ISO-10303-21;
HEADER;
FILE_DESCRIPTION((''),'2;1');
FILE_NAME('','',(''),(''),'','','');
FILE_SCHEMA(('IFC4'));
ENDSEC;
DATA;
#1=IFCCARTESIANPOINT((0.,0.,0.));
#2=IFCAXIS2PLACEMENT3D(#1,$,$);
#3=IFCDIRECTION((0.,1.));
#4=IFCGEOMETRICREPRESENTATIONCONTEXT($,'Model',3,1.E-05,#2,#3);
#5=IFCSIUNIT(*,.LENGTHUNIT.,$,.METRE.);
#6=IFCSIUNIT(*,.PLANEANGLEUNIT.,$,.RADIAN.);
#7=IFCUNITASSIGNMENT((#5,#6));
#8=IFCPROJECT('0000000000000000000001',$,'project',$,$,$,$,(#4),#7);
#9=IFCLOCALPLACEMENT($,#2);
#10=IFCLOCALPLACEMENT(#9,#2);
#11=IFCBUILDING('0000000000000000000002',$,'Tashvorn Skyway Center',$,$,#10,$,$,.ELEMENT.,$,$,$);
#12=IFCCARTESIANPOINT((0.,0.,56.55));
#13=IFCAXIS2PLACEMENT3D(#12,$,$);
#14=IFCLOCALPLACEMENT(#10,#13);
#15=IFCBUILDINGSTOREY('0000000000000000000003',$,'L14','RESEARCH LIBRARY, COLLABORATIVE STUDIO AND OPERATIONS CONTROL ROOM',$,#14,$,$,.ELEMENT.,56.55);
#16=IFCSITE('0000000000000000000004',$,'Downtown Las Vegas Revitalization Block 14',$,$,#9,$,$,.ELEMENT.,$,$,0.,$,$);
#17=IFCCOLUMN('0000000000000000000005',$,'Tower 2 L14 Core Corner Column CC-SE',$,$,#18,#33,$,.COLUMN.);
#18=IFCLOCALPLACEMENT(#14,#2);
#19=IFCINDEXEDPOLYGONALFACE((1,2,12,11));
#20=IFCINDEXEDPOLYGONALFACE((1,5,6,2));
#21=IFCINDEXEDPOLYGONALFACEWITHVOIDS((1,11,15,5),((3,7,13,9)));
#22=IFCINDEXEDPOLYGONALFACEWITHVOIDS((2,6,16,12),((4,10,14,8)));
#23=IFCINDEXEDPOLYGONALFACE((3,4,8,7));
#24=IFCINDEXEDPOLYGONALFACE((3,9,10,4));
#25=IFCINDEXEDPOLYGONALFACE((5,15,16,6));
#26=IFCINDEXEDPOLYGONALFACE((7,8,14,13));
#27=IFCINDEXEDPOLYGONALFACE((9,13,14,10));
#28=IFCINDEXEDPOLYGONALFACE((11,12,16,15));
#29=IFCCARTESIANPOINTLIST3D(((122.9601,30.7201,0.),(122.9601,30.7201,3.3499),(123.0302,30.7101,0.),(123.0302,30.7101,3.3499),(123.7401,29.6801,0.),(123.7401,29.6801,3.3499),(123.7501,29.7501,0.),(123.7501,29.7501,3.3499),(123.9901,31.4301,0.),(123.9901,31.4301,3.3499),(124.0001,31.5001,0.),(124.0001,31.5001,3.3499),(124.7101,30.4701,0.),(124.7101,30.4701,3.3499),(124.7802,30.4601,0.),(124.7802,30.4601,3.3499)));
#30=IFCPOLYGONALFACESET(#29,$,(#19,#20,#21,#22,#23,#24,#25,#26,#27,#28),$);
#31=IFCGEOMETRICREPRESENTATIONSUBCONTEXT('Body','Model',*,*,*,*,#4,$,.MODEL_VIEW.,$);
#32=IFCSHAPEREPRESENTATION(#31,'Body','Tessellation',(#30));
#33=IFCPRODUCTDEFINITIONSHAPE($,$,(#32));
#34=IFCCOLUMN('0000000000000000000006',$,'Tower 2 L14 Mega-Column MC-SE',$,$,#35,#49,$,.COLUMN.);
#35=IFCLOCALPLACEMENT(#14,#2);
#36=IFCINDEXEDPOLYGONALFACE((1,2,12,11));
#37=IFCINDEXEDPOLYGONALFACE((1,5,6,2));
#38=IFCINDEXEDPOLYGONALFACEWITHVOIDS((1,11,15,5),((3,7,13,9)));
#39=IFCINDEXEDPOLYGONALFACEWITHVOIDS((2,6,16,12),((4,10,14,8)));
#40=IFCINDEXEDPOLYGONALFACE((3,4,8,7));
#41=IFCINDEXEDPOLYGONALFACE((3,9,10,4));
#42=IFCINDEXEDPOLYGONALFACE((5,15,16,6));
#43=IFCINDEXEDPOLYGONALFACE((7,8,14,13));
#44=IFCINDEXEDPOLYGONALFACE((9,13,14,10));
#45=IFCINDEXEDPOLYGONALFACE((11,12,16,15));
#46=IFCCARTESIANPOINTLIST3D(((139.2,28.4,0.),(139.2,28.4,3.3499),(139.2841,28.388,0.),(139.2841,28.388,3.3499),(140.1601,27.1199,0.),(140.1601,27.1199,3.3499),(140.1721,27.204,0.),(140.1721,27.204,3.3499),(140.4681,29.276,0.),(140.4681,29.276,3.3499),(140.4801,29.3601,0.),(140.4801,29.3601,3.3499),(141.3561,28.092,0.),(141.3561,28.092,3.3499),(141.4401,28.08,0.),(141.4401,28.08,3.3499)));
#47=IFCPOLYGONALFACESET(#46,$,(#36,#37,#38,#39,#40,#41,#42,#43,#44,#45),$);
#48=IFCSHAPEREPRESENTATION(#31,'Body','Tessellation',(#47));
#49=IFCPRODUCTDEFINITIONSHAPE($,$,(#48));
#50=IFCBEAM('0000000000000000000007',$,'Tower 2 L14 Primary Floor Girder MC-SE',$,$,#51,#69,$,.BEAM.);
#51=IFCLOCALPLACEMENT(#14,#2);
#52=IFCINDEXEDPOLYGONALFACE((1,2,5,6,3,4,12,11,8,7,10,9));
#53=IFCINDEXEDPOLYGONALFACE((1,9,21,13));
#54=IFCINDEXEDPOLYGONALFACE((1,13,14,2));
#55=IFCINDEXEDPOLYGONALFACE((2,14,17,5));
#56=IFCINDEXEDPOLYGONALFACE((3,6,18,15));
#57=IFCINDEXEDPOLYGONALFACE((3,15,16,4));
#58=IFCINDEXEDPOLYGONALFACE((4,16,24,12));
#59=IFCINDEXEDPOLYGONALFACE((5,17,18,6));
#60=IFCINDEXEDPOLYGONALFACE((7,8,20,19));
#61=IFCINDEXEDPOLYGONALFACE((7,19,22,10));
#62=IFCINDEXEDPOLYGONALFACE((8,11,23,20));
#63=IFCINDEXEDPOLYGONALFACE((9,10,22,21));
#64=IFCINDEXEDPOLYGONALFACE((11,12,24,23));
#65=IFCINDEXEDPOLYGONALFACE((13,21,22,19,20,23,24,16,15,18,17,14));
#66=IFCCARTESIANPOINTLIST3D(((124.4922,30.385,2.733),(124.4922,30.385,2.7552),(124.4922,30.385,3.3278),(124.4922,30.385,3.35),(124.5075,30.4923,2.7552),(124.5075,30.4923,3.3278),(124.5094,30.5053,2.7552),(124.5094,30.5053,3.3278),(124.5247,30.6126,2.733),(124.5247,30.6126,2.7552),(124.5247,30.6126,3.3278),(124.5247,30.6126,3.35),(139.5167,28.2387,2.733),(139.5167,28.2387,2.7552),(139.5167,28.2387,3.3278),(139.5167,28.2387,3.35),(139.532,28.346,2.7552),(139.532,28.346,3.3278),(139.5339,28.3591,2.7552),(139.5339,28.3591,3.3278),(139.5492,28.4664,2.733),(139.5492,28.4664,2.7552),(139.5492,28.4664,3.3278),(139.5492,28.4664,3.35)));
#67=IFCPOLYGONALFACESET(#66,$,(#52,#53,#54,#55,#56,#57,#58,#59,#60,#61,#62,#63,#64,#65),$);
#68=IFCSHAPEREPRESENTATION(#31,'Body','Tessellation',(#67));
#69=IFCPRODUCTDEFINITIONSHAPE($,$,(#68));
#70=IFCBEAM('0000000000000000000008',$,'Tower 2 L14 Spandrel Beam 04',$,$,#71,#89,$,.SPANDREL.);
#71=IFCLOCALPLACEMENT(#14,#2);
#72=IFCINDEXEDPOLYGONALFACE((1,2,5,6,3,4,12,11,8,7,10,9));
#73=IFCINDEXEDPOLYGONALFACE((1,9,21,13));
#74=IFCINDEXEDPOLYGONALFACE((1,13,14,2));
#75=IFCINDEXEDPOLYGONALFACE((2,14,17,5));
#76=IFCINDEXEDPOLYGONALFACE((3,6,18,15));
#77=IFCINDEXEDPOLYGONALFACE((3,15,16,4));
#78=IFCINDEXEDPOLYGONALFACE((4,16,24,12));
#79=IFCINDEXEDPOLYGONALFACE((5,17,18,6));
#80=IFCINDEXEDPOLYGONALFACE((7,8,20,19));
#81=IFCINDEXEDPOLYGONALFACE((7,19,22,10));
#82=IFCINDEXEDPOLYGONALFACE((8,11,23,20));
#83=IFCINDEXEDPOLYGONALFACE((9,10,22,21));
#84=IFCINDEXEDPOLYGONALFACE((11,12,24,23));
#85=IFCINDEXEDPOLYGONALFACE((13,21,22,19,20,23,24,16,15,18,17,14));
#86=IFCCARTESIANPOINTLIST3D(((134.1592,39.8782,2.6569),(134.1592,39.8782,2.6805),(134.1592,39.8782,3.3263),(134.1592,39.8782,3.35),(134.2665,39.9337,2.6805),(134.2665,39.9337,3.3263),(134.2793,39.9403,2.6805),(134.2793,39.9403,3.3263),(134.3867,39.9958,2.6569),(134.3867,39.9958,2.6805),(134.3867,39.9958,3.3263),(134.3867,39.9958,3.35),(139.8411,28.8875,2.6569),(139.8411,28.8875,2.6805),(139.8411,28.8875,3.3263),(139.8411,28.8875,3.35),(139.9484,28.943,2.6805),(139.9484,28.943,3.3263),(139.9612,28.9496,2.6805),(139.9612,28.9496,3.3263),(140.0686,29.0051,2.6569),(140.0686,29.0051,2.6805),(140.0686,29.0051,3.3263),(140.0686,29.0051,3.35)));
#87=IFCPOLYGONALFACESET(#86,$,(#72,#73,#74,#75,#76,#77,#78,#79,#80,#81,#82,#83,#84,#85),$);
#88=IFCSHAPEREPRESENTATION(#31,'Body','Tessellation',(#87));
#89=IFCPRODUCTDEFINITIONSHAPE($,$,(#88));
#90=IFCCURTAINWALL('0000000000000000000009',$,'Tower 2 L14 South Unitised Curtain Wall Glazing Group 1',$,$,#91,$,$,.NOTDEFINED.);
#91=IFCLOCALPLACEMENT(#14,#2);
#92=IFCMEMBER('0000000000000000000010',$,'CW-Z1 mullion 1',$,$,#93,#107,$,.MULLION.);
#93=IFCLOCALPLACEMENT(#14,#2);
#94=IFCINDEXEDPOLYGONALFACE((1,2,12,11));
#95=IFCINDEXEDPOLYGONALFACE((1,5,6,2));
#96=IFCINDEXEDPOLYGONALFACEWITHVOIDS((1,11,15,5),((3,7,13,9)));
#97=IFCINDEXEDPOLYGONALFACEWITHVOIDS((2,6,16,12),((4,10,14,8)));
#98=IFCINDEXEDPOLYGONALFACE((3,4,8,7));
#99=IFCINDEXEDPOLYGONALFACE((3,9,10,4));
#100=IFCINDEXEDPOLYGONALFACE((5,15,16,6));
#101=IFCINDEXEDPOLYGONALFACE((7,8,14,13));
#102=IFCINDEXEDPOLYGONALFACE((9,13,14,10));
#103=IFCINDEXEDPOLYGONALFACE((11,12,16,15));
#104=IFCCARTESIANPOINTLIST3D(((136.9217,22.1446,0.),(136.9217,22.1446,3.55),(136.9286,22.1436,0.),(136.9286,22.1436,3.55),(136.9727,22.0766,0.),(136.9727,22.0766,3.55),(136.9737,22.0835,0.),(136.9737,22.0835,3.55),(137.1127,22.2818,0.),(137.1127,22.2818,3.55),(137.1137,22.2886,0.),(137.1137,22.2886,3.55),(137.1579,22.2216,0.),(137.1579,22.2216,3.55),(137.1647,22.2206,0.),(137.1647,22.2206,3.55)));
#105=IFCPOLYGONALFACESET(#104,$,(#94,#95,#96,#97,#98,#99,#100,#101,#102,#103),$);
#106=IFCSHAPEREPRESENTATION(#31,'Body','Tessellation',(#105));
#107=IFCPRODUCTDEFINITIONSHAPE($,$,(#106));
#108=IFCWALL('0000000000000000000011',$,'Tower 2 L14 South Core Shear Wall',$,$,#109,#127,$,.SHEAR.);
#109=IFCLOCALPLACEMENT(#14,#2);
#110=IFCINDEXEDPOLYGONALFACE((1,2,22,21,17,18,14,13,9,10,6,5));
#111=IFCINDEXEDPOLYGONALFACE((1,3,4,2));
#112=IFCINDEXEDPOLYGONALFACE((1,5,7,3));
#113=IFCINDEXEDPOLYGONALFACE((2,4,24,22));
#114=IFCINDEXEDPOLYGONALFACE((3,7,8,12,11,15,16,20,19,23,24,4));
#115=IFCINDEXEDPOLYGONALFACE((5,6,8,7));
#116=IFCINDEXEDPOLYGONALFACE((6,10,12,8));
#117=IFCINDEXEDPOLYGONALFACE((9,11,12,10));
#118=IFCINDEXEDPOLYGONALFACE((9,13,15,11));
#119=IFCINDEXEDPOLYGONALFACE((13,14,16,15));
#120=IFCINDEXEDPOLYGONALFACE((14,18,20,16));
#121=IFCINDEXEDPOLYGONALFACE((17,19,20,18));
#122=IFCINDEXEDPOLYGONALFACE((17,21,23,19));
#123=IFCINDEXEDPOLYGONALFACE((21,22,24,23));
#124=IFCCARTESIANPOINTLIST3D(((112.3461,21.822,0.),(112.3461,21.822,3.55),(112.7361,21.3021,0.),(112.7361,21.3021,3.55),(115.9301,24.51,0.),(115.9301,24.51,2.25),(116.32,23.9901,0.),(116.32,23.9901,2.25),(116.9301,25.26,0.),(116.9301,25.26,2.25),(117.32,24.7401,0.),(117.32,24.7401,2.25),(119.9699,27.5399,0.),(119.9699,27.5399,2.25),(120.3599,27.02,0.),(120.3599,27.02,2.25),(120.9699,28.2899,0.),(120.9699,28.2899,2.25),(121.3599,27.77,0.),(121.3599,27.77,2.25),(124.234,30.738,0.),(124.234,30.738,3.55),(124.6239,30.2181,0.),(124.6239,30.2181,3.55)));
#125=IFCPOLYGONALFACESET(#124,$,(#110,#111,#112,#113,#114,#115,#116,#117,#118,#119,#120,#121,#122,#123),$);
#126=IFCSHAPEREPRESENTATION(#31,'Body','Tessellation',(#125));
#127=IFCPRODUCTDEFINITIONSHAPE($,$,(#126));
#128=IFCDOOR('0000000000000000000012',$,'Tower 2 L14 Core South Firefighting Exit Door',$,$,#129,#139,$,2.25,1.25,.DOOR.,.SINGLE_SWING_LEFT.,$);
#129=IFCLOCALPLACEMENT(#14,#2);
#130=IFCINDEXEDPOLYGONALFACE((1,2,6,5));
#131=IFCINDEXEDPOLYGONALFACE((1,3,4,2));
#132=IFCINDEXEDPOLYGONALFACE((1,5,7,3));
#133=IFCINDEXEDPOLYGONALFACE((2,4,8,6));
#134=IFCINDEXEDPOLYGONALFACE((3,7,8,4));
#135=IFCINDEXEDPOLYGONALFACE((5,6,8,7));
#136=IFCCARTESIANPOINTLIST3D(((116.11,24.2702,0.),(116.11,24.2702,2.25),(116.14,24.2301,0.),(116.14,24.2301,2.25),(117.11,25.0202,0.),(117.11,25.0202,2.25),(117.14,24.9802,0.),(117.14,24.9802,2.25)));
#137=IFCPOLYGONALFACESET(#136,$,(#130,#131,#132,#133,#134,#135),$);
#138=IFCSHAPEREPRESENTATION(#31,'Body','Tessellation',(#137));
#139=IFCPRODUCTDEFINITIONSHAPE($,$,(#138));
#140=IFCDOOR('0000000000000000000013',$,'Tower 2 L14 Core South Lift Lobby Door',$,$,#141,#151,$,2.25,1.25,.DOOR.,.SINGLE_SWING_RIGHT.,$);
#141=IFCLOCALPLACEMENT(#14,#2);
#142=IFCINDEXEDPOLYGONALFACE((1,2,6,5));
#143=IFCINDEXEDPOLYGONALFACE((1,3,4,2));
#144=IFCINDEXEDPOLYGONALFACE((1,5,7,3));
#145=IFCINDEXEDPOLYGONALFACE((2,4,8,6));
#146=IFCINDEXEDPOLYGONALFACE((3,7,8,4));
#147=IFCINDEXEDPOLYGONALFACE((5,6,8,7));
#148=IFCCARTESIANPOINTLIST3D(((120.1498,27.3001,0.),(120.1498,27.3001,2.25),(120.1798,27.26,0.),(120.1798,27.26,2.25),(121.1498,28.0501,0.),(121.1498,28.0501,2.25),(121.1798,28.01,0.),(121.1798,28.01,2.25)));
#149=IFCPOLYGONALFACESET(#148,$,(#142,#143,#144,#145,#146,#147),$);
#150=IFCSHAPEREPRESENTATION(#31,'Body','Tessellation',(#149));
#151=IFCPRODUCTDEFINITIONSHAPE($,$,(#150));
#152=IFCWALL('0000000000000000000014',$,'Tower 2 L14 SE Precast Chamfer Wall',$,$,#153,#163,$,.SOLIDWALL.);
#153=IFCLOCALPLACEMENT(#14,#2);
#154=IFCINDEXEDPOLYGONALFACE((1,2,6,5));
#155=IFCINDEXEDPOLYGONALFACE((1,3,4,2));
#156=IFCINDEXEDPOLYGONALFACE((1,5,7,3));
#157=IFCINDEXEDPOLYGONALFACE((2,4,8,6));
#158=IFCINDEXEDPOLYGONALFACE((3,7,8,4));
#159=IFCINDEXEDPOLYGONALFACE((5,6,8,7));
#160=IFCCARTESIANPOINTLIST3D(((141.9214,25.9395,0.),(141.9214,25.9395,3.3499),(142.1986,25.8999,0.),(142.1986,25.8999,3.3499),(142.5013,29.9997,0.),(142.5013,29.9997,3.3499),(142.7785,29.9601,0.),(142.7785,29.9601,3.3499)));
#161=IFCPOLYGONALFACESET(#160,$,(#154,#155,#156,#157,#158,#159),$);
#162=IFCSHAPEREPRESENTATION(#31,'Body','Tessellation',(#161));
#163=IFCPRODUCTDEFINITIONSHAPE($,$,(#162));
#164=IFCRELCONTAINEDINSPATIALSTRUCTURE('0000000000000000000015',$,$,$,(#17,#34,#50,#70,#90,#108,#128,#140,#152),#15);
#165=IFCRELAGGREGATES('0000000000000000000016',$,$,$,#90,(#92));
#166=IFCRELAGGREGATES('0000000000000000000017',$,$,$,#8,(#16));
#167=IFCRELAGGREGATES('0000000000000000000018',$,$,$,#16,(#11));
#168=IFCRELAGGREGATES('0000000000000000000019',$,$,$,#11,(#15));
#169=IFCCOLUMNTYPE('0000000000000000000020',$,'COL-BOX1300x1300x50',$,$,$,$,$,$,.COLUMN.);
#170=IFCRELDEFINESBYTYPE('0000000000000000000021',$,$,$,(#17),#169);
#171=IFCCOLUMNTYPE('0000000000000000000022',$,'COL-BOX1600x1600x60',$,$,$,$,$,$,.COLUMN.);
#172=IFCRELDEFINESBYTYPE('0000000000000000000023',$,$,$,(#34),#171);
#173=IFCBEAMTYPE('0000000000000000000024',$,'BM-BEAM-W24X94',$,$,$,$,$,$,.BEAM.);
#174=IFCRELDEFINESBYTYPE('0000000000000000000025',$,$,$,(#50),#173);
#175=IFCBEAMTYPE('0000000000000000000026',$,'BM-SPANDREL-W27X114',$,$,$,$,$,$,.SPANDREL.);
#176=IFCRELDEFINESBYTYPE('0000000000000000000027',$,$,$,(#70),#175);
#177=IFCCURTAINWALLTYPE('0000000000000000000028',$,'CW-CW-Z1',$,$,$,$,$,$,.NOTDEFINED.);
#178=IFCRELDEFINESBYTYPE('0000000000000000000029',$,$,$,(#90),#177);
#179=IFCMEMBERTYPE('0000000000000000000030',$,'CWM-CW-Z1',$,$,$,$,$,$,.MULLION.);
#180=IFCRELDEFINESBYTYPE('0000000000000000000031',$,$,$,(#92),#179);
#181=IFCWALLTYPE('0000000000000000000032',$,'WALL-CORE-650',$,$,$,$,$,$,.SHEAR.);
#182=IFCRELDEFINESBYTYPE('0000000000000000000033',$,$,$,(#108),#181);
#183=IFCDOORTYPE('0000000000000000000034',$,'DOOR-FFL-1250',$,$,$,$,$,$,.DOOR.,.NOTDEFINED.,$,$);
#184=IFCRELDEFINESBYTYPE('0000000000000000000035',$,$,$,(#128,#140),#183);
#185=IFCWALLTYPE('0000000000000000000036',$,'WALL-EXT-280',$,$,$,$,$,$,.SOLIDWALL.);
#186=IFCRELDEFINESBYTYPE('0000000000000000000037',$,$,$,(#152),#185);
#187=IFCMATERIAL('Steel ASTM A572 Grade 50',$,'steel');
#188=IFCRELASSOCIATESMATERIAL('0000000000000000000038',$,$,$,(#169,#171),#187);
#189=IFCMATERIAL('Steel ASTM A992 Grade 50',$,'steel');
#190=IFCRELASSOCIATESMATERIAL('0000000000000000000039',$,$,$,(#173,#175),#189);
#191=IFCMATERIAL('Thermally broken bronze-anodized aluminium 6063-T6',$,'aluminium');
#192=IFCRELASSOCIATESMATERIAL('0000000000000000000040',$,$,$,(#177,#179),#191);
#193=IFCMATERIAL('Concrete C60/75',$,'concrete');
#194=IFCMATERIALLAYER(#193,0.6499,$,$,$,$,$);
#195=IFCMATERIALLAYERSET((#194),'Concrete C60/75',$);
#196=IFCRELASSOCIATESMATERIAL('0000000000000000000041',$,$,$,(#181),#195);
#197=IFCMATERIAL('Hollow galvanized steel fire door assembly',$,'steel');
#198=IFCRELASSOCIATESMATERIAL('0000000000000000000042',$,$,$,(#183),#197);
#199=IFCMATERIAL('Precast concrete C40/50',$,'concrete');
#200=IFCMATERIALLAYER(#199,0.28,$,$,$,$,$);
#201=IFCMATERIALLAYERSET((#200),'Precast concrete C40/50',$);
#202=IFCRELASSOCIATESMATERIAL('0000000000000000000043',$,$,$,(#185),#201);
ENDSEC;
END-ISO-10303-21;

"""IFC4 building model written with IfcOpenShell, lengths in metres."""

from ifc_helpers import new_model, si_unit, direction, frame, frame_2d, origin, origin_2d, place, context, subcontext, project, spatial, rectangle, hollow_rectangle, i_section, extrude, material, layer, layer_set, material_profile, profile_set, type_object, element, fill, aggregate, save


model = new_model("IFC4")

# Units and contexts
model_context = context("Model", 3, precision=1e-05, world=origin(), true_north=direction((0.0, 1.0)))
body_context = subcontext(model_context, "Body", "Model", "MODEL_VIEW")
ifc_project = project(units=[si_unit("LENGTHUNIT", "METRE"), si_unit("PLANEANGLEUNIT", "RADIAN")], contexts=[model_context])

# Site, building, storey
site_placement = place(None, origin())
site = spatial("IfcSite", under=ifc_project, at=site_placement, Name="Downtown Las Vegas Revitalization Block 14", CompositionType="ELEMENT", RefElevation=0.0)
building_placement = place(site_placement, origin())
building = spatial("IfcBuilding", under=site, at=building_placement, Name="Tashvorn Skyway Center", CompositionType="ELEMENT")
storey_placement = place(building_placement, frame((0.0, 0.0, 56.55)))
storey = spatial("IfcBuildingStorey", under=building, at=storey_placement, Name="L14", Description="RESEARCH LIBRARY, COLLABORATIVE STUDIO AND OPERATIONS CONTROL ROOM", CompositionType="ELEMENT", Elevation=56.55)

# Columns
ifc_material_1 = material(Name="Steel ASTM A572 Grade 50", Category="steel")
ifc_material_profile_1 = material_profile(ifc_material_1, hollow_rectangle(XDim=1.3, YDim=1.3, WallThickness=0.05, at=origin_2d()), Name="BOX1300x1300x50")
ifc_profile_set_1 = profile_set([ifc_material_profile_1], Name="Steel ASTM A572 Grade 50")
column_type_1 = type_object("IfcColumnType", Name="COL-BOX1300x1300x50", PredefinedType="COLUMN", material=ifc_profile_set_1)
column_1_placement = place(storey_placement, frame((123.8701, 30.5901, 0.0), z_axis=(0.0, 0.0, 1.0), x_axis=(0.8, 0.6, 0.0)))
element("IfcColumn", 1, at=column_1_placement, inside=storey, type_object=column_type_1, Name="Tower 2 L14 Core Corner Column CC-SE", PredefinedType="COLUMN", context=body_context, shape_type="SweptSolid", body=[
    extrude(hollow_rectangle(XDim=1.3, YDim=1.3, WallThickness=0.05, at=origin_2d()), origin(), (0.0, 0.0, 1.0), 3.3499),
])
ifc_material_profile_2 = material_profile(ifc_material_1, hollow_rectangle(XDim=1.6001, YDim=1.6001, WallThickness=0.0601, at=origin_2d()), Name="BOX1600x1600x60")
ifc_profile_set_2 = profile_set([ifc_material_profile_2], Name="Steel ASTM A572 Grade 50")
column_type_2 = type_object("IfcColumnType", Name="COL-BOX1600x1600x60", PredefinedType="COLUMN", material=ifc_profile_set_2)
column_2_placement = place(storey_placement, frame((140.3201, 28.24, 0.0), z_axis=(0.0, 0.0, 1.0), x_axis=(0.8, 0.6, 0.0)))
element("IfcColumn", 2, at=column_2_placement, inside=storey, type_object=column_type_2, Name="Tower 2 L14 Mega-Column MC-SE", PredefinedType="COLUMN", context=body_context, shape_type="SweptSolid", body=[
    extrude(hollow_rectangle(XDim=1.6001, YDim=1.6001, WallThickness=0.0601, at=origin_2d()), origin(), (0.0, 0.0, 1.0), 3.3499),
])

# Beams
ifc_material_2 = material(Name="Steel ASTM A992 Grade 50", Category="steel")
ifc_material_profile_3 = material_profile(ifc_material_2, i_section(OverallWidth=0.23, OverallDepth=0.6169, WebThickness=0.0132, FlangeThickness=0.0222, at=origin_2d()), Name="W24X94")
ifc_profile_set_3 = profile_set([ifc_material_profile_3], Name="Steel ASTM A992 Grade 50")
beam_type_1 = type_object("IfcBeamType", Name="BM-BEAM-W24X94", PredefinedType="BEAM", material=ifc_profile_set_3)
beam_1_placement = place(storey_placement, frame((139.533, 28.3525, 3.0415), z_axis=(-0.98995, 0.141415, 0.0), x_axis=(-0.141415, -0.98995, 0.0)))
element("IfcBeam", 3, at=beam_1_placement, inside=storey, type_object=beam_type_1, Name="Tower 2 L14 Primary Floor Girder MC-SE", PredefinedType="BEAM", context=body_context, shape_type="SweptSolid", body=[
    extrude(i_section(OverallWidth=0.23, OverallDepth=0.6169, WebThickness=0.0132, FlangeThickness=0.0222, at=origin_2d()), origin(), (0.0, 0.0, 1.0), 15.177),
])
ifc_material_profile_4 = material_profile(ifc_material_2, i_section(OverallWidth=0.2561, OverallDepth=0.6931, WebThickness=0.0144, FlangeThickness=0.0237, at=origin_2d()), Name="W27X114")
ifc_profile_set_4 = profile_set([ifc_material_profile_4], Name="Steel ASTM A992 Grade 50")
beam_type_2 = type_object("IfcBeamType", Name="BM-SPANDREL-W27X114", PredefinedType="SPANDREL", material=ifc_profile_set_4)
beam_2_placement = place(storey_placement, frame((139.9548, 28.9463, 3.0034), z_axis=(-0.459233, 0.888316, 0.0), x_axis=(-0.888316, -0.459233, 0.0)))
element("IfcBeam", 4, at=beam_2_placement, inside=storey, type_object=beam_type_2, Name="Tower 2 L14 Spandrel Beam 04", PredefinedType="SPANDREL", context=body_context, shape_type="SweptSolid", body=[
    extrude(i_section(OverallWidth=0.2561, OverallDepth=0.6931, WebThickness=0.0144, FlangeThickness=0.0237, at=origin_2d()), origin(), (0.0, 0.0, 1.0), 12.3726),
])

# Curtain wall, member
ifc_material_3 = material(Name="Thermally broken bronze-anodized aluminium 6063-T6", Category="aluminium")
curtain_wall_type = type_object("IfcCurtainWallType", Name="CW-CW-Z1", PredefinedType="NOTDEFINED", material=ifc_material_3)
curtain_wall_placement = place(storey_placement, origin())
curtain_wall = element("IfcCurtainWall", 5, at=curtain_wall_placement, inside=storey, type_object=curtain_wall_type, Name="Tower 2 L14 South Unitised Curtain Wall Glazing Group 1", PredefinedType="NOTDEFINED")
ifc_material_profile_5 = material_profile(ifc_material_3, hollow_rectangle(XDim=0.085, YDim=0.24, WallThickness=0.0049, at=origin_2d()), Name="ALU-MULL-85x240")
ifc_profile_set_5 = profile_set([ifc_material_profile_5], Name="Thermally broken bronze-anodized aluminium 6063-T6")
member_type = type_object("IfcMemberType", Name="CWM-CW-Z1", PredefinedType="MULLION", material=ifc_profile_set_5)
member_placement = place(storey_placement, frame((137.0432, 22.1826, 0.0), z_axis=(0.0, 0.0, 1.0), x_axis=(0.600005, -0.799996, 0.0)))
member = element("IfcMember", 6, at=member_placement, type_object=member_type, Name="CW-Z1 mullion 1", PredefinedType="MULLION", context=body_context, shape_type="SweptSolid", body=[
    extrude(hollow_rectangle(XDim=0.085, YDim=0.24, WallThickness=0.0049, at=origin_2d()), origin(), (0.0, 0.0, 1.0), 3.55),
])
aggregate(curtain_wall, [member])

# Wall, openings, doors
ifc_material_4 = material(Name="Concrete C60/75", Category="concrete")
ifc_layer_1 = layer(ifc_material_4, 0.6499)
ifc_layer_set_1 = layer_set([ifc_layer_1], Name="Concrete C60/75")
wall_type_1 = type_object("IfcWallType", Name="WALL-CORE-650", PredefinedType="SHEAR", material=ifc_layer_set_1)
wall_1_placement = place(storey_placement, frame((124.429, 30.478, 0.0), z_axis=(0.0, 0.0, 1.0), x_axis=(-0.799998, -0.600003, 0.0)))
wall_1 = element("IfcWall", 7, at=wall_1_placement, inside=storey, type_object=wall_type_1, Name="Tower 2 L14 South Core Shear Wall", PredefinedType="SHEAR", context=body_context, shape_type="SweptSolid", body=[
    extrude(rectangle(XDim=14.8599, YDim=0.6499, at=frame_2d((7.4299, 0.0))), origin(), (0.0, 0.0, 1.0), 3.55),
])
opening_1_placement = place(wall_1_placement, frame((9.1299, 0.0, 0.0)))
opening_1 = element("IfcOpeningElement", 8, at=opening_1_placement, cuts=wall_1, PredefinedType="OPENING", context=body_context, shape_type="SweptSolid", body=[
    extrude(rectangle(XDim=1.25, YDim=2.25, at=frame_2d((0.625, 1.125))), frame((0.0, 0.335, 0.0), z_axis=(0.0, -1.0, 0.0), x_axis=(1.0, 0.0, 0.0)), (0.0, 0.0, 1.0), 0.6699),
])
opening_2_placement = place(wall_1_placement, frame((4.0801, 0.0, 0.0)))
opening_2 = element("IfcOpeningElement", 9, at=opening_2_placement, cuts=wall_1, PredefinedType="OPENING", context=body_context, shape_type="SweptSolid", body=[
    extrude(rectangle(XDim=1.25, YDim=2.25, at=frame_2d((0.625, 1.125))), frame((0.0, 0.335, 0.0), z_axis=(0.0, -1.0, 0.0), x_axis=(1.0, 0.0, 0.0)), (0.0, 0.0, 1.0), 0.6699),
])
ifc_material_5 = material(Name="Hollow galvanized steel fire door assembly", Category="steel")
door_type_1 = type_object("IfcDoorType", Name="DOOR-FFL-1250", OperationType="NOTDEFINED", PredefinedType="DOOR", material=ifc_material_5)
door_1_placement = place(opening_1_placement, origin())
door_1 = element("IfcDoor", 10, at=door_1_placement, inside=storey, type_object=door_type_1, Name="Tower 2 L14 Core South Firefighting Exit Door", OperationType="SINGLE_SWING_LEFT", OverallHeight=2.25, OverallWidth=1.25, PredefinedType="DOOR", context=body_context, shape_type="SweptSolid", body=[
    extrude(rectangle(XDim=1.25, YDim=2.25, at=frame_2d((0.625, 1.125))), frame((0.0, 0.0249, 0.0), z_axis=(0.0, -1.0, 0.0), x_axis=(1.0, 0.0, 0.0)), (0.0, 0.0, 1.0), 0.05),
])
fill(opening_1, door_1)
door_2_placement = place(opening_2_placement, origin())
door_2 = element("IfcDoor", 11, at=door_2_placement, inside=storey, type_object=door_type_1, Name="Tower 2 L14 Core South Lift Lobby Door", OperationType="SINGLE_SWING_RIGHT", OverallHeight=2.25, OverallWidth=1.25, PredefinedType="DOOR", context=body_context, shape_type="SweptSolid", body=[
    extrude(rectangle(XDim=1.25, YDim=2.25, at=frame_2d((0.625, 1.125))), frame((0.0, 0.0249, 0.0), z_axis=(0.0, -1.0, 0.0), x_axis=(1.0, 0.0, 0.0)), (0.0, 0.0, 1.0), 0.05),
])
fill(opening_2, door_2)

# Wall
ifc_material_6 = material(Name="Precast concrete C40/50", Category="concrete")
ifc_layer_2 = layer(ifc_material_6, 0.28)
ifc_layer_set_2 = layer_set([ifc_layer_2], Name="Precast concrete C40/50")
wall_type_2 = type_object("IfcWallType", Name="WALL-EXT-280", PredefinedType="SOLIDWALL", material=ifc_layer_set_2)
wall_2_placement = place(storey_placement, frame((142.6399, 29.98, 0.0), z_axis=(0.0, 0.0, 1.0), x_axis=(-0.14138, -0.989955, 0.0)))
element("IfcWall", 12, at=wall_2_placement, inside=storey, type_object=wall_type_2, Name="Tower 2 L14 SE Precast Chamfer Wall", PredefinedType="SOLIDWALL", context=body_context, shape_type="SweptSolid", body=[
    extrude(rectangle(XDim=4.1013, YDim=0.28, at=frame_2d((2.0508, 0.0))), origin(), (0.0, 0.0, 1.0), 3.3499),
])

save(model, "model.ifc")
